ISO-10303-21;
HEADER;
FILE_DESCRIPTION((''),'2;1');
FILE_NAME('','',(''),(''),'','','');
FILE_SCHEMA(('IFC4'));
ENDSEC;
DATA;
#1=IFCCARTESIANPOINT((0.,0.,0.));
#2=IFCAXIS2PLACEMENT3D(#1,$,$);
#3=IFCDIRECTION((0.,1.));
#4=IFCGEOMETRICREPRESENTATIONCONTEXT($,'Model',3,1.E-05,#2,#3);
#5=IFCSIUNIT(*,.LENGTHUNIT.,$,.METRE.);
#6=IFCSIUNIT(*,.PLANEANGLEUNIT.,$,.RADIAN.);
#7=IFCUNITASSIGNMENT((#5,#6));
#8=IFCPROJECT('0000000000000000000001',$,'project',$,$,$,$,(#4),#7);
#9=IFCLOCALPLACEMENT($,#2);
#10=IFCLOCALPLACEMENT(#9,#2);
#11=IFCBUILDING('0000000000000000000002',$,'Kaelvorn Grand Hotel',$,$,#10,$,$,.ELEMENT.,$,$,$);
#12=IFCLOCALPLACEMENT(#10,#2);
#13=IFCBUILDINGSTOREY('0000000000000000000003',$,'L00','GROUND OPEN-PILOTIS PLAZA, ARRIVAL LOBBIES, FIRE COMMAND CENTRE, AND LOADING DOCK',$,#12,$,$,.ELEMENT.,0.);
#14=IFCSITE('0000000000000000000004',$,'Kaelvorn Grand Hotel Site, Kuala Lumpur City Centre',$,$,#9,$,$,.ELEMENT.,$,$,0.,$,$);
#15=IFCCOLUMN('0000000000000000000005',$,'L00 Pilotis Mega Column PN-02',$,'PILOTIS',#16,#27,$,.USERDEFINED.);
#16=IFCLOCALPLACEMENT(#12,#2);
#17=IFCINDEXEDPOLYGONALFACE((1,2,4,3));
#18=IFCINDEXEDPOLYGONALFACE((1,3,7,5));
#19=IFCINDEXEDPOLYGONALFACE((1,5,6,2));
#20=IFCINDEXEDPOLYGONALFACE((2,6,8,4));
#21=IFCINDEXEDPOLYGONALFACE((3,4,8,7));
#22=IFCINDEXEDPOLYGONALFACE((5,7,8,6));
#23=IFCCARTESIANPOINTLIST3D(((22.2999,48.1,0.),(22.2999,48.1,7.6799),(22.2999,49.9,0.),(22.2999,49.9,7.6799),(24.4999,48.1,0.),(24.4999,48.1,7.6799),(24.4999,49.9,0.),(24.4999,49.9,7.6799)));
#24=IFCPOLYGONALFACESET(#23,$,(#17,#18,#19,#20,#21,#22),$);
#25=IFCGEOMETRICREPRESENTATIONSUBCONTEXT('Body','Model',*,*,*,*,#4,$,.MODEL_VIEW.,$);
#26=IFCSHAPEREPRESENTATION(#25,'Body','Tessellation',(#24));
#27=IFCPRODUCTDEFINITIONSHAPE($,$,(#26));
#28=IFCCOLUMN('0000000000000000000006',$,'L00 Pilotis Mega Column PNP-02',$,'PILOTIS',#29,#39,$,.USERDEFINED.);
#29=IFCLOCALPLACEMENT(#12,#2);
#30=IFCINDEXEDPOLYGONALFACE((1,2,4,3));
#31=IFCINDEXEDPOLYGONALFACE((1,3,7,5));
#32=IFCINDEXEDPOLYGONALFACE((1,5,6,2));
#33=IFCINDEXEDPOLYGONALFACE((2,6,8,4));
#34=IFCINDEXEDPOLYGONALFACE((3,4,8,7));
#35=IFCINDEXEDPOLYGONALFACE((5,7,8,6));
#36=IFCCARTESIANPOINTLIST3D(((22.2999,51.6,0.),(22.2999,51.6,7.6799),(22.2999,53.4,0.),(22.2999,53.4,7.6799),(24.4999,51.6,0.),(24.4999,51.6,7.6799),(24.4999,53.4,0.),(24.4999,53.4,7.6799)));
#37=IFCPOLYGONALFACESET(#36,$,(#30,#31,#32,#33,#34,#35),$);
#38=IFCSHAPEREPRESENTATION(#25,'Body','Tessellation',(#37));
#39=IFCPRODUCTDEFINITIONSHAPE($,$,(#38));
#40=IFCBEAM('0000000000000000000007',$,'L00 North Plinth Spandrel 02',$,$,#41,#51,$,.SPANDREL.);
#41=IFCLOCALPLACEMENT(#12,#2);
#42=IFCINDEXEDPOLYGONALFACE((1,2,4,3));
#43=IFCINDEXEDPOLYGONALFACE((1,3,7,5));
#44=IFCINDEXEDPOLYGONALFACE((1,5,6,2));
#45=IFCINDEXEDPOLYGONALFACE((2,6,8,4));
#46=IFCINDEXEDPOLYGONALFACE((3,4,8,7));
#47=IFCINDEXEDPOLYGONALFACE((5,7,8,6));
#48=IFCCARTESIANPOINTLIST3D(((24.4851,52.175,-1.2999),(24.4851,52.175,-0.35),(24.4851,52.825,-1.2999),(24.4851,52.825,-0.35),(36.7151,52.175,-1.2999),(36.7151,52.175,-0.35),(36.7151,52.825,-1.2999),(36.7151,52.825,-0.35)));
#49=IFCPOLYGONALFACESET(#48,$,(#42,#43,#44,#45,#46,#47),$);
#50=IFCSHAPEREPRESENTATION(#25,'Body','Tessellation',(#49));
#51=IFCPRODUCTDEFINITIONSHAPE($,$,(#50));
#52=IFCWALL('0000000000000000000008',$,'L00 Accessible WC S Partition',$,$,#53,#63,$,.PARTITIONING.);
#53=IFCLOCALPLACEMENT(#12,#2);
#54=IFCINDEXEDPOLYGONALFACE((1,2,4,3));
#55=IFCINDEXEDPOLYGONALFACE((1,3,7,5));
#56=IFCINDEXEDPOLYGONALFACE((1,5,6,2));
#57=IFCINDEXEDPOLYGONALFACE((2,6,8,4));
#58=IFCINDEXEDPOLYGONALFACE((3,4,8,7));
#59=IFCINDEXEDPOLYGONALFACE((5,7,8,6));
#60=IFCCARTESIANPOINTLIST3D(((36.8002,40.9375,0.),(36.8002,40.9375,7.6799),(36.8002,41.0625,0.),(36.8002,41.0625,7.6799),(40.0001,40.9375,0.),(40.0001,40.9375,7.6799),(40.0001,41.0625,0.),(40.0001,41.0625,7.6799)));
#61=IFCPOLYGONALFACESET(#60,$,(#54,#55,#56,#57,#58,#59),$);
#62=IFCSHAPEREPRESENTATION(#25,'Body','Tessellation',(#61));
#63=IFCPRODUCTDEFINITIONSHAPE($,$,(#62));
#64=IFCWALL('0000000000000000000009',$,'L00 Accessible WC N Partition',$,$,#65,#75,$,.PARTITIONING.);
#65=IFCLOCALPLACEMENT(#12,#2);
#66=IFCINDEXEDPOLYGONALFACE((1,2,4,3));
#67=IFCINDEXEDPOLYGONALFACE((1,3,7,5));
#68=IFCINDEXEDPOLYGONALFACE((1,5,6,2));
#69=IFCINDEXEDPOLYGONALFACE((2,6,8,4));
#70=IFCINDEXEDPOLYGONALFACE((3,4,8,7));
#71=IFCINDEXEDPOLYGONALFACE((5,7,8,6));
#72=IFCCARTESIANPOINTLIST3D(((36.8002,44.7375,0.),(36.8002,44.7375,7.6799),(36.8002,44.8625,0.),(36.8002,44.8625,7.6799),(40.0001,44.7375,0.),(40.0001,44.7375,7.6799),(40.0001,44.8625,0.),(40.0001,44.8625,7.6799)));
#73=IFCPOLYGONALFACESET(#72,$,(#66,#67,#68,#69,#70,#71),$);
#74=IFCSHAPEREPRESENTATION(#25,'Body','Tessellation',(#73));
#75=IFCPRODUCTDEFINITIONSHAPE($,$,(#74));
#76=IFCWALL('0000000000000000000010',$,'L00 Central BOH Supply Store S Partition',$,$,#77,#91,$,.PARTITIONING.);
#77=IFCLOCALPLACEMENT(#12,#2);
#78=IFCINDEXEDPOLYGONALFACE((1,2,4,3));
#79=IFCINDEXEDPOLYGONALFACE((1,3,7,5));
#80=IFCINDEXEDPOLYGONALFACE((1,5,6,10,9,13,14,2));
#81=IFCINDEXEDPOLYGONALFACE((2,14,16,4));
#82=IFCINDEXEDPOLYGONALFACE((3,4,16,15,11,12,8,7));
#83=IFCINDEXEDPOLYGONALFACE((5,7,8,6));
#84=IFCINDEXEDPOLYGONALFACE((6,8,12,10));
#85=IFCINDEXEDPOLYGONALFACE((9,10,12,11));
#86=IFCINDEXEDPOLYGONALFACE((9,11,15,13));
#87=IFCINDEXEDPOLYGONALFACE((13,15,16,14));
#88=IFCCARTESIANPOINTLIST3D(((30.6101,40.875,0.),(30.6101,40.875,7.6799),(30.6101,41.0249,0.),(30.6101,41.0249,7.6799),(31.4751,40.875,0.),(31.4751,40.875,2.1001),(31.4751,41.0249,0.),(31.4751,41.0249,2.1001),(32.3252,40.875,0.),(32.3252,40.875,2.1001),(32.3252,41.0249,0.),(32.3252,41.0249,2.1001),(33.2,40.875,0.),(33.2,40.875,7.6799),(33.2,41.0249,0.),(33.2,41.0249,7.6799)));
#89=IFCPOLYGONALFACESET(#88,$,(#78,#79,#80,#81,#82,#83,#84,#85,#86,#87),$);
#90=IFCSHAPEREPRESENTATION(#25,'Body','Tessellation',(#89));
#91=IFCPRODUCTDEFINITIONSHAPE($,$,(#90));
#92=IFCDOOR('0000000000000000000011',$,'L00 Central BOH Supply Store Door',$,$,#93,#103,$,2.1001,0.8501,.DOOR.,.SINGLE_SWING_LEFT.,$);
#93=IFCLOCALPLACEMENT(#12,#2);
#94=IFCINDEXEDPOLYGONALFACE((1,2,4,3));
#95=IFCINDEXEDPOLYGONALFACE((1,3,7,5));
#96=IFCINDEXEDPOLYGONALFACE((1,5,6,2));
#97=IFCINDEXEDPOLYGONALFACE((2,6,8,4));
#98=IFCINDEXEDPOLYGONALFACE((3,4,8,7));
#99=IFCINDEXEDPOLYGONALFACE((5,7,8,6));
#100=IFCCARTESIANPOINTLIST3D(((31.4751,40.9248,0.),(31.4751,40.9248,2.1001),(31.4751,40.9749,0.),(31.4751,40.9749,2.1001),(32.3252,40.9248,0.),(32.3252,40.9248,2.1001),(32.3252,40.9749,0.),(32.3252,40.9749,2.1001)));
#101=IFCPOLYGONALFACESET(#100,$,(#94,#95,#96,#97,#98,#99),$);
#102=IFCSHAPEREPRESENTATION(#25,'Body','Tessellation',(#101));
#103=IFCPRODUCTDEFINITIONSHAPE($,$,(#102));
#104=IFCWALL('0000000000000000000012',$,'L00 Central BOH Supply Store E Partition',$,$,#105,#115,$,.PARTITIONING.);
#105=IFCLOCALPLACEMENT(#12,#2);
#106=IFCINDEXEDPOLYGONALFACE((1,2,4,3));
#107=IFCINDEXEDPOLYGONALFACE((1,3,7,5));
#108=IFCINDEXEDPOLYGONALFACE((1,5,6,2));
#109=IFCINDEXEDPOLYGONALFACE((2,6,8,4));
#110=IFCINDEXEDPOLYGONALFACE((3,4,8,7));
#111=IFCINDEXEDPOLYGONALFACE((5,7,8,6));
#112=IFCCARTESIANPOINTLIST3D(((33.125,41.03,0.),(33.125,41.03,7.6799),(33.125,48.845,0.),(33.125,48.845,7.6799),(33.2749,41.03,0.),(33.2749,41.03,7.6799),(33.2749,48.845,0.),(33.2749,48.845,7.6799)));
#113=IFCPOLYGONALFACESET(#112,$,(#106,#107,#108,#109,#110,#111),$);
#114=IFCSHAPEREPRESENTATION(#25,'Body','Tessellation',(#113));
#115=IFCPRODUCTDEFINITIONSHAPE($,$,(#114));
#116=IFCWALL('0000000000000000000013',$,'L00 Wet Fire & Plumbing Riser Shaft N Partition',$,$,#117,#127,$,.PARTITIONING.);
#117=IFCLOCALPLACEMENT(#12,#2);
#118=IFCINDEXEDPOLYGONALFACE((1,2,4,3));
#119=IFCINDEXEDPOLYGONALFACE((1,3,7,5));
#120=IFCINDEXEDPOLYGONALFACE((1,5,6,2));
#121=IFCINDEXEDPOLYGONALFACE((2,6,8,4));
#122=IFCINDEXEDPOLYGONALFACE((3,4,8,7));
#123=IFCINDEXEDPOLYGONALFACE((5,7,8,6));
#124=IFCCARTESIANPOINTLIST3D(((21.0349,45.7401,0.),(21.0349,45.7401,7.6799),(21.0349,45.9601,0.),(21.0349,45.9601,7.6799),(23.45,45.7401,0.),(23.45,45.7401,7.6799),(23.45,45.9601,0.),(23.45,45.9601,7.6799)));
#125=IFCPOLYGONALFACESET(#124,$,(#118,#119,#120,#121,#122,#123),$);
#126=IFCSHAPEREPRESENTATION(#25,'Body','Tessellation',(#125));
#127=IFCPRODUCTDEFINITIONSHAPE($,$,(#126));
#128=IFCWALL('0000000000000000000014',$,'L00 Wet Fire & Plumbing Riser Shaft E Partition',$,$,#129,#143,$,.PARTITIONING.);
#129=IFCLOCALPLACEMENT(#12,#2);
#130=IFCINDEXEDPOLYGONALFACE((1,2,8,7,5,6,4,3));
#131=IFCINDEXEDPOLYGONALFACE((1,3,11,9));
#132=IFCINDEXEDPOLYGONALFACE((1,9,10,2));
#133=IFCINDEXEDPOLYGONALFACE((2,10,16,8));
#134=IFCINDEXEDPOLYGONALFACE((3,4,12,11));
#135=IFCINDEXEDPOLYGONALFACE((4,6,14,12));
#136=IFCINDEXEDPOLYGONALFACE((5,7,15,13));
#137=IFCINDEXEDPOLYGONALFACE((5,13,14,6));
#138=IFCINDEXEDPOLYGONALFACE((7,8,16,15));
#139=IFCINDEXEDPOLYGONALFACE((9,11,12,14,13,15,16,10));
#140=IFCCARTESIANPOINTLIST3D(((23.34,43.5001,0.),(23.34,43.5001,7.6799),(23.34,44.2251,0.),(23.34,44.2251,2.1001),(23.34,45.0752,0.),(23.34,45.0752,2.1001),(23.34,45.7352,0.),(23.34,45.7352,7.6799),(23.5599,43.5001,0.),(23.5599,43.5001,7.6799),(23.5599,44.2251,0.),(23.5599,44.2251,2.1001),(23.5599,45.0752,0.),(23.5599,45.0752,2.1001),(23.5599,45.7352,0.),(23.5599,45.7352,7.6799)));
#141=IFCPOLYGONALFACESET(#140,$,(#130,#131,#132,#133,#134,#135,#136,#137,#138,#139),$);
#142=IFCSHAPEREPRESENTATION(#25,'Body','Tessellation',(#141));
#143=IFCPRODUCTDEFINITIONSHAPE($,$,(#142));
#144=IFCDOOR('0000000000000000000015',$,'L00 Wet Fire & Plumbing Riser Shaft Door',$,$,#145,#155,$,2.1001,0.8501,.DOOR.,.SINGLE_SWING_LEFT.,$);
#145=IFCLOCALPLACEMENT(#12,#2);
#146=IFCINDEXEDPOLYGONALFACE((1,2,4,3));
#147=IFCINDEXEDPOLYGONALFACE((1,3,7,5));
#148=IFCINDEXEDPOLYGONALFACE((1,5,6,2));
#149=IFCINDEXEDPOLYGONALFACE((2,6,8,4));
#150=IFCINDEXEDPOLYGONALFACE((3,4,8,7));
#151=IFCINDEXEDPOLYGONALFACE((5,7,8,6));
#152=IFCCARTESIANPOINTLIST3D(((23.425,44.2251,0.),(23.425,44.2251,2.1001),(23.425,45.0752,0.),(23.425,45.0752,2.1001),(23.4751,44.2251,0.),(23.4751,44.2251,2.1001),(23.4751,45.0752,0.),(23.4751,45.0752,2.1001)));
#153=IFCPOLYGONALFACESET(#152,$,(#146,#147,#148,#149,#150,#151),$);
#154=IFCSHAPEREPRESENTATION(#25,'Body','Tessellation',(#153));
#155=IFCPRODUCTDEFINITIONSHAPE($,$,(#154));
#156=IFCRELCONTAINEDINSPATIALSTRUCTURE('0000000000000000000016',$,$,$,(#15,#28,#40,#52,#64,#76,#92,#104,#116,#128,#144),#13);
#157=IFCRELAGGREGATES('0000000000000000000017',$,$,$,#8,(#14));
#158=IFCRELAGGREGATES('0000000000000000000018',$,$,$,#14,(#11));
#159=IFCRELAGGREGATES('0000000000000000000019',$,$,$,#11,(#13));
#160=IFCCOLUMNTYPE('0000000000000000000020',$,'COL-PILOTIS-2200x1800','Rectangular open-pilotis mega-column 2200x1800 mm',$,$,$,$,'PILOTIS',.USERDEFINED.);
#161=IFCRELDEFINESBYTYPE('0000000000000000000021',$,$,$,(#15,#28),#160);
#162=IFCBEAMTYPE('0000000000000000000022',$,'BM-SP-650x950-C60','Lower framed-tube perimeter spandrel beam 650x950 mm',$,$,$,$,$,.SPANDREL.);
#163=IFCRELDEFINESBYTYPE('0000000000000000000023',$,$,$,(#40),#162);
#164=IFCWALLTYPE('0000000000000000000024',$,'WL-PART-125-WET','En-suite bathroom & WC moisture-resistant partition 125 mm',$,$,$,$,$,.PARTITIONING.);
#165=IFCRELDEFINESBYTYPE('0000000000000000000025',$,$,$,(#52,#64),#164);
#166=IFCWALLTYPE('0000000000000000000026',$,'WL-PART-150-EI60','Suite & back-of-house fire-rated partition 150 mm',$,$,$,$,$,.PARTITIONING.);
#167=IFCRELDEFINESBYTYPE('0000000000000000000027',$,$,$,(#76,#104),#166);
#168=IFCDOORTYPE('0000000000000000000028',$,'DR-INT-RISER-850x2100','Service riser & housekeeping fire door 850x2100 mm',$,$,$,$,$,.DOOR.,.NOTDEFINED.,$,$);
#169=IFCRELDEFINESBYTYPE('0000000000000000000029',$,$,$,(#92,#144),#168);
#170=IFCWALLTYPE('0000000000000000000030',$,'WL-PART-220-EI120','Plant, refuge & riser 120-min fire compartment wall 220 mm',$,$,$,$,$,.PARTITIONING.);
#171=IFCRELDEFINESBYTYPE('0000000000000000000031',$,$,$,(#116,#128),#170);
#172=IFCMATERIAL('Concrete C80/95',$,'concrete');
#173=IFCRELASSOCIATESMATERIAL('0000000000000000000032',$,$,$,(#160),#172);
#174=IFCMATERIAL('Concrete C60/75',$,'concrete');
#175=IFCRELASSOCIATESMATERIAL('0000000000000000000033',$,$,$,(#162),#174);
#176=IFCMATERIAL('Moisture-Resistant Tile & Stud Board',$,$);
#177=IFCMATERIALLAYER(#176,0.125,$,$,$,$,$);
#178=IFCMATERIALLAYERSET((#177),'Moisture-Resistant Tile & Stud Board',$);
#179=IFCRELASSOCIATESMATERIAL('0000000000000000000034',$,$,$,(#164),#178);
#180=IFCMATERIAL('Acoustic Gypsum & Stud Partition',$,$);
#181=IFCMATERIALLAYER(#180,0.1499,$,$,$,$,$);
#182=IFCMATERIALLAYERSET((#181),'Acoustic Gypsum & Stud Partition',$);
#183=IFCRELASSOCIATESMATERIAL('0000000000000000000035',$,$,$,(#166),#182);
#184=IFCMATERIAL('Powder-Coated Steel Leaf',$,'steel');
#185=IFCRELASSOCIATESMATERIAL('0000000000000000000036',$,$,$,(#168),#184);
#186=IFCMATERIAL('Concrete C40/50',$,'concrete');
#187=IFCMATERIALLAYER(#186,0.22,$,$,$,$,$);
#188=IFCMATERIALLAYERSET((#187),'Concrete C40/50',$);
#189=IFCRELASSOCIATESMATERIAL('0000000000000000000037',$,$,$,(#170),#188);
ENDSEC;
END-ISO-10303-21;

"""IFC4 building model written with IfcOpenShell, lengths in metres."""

from ifc_helpers import new_model, si_unit, direction, frame, frame_2d, origin, origin_2d, place, context, subcontext, project, spatial, rectangle, extrude, material, layer, layer_set, material_profile, profile_set, type_object, element, fill, save


model = new_model("IFC4")

# Units and contexts
model_context = context("Model", 3, precision=1e-05, world=origin(), true_north=direction((0.0, 1.0)))
body_context = subcontext(model_context, "Body", "Model", "MODEL_VIEW")
ifc_project = project(units=[si_unit("LENGTHUNIT", "METRE"), si_unit("PLANEANGLEUNIT", "RADIAN")], contexts=[model_context])

# Site, building, storey
site_placement = place(None, origin())
site = spatial("IfcSite", under=ifc_project, at=site_placement, Name="Kaelvorn Grand Hotel Site, Kuala Lumpur City Centre", CompositionType="ELEMENT", RefElevation=0.0)
building_placement = place(site_placement, origin())
building = spatial("IfcBuilding", under=site, at=building_placement, Name="Kaelvorn Grand Hotel", CompositionType="ELEMENT")
storey_placement = place(building_placement, origin())
storey = spatial("IfcBuildingStorey", under=building, at=storey_placement, Name="L00", Description="GROUND OPEN-PILOTIS PLAZA, ARRIVAL LOBBIES, FIRE COMMAND CENTRE, AND LOADING DOCK", CompositionType="ELEMENT", Elevation=0.0)

# Columns
ifc_material_1 = material(Name="Concrete C80/95", Category="concrete")
ifc_material_profile_1 = material_profile(ifc_material_1, rectangle(XDim=2.2, YDim=1.8, at=origin_2d()), Name="PILOTIS 2200x1800")
ifc_profile_set_1 = profile_set([ifc_material_profile_1], Name="Concrete C80/95")
column_type = type_object("IfcColumnType", Name="COL-PILOTIS-2200x1800", Description="Rectangular open-pilotis mega-column 2200x1800 mm", ElementType="PILOTIS", PredefinedType="USERDEFINED", material=ifc_profile_set_1)
for number, where, z_axis, x_axis, name in (
    (1, (23.3999, 49.0, 0.0), (0.0, 0.0, 1.0), (1.0, 0.0, 0.0), "L00 Pilotis Mega Column PN-02"),
    (2, (23.3999, 52.5, 0.0), (0.0, 0.0, 1.0), (1.0, 0.0, 0.0), "L00 Pilotis Mega Column PNP-02"),
):
    element("IfcColumn", number, at=place(storey_placement, frame(where, z_axis=z_axis, x_axis=x_axis)), inside=storey, type_object=column_type, Name=name, ObjectType="PILOTIS", PredefinedType="USERDEFINED", context=body_context, shape_type="SweptSolid", body=[
        extrude(rectangle(XDim=2.2, YDim=1.8, at=origin_2d()), origin(), (0.0, 0.0, 1.0), 7.6799),
    ])

# Beam
ifc_material_2 = material(Name="Concrete C60/75", Category="concrete")
ifc_material_profile_2 = material_profile(ifc_material_2, rectangle(XDim=0.6499, YDim=0.95, at=origin_2d()), Name="RC SPANDREL 650x950")
ifc_profile_set_2 = profile_set([ifc_material_profile_2], Name="Concrete C60/75")
beam_type = type_object("IfcBeamType", Name="BM-SP-650x950-C60", Description="Lower framed-tube perimeter spandrel beam 650x950 mm", PredefinedType="SPANDREL", material=ifc_profile_set_2)
beam_placement = place(storey_placement, frame((24.4851, 52.5, -0.825), z_axis=(1.0, 0.0, 0.0), x_axis=(0.0, 1.0, 0.0)))
element("IfcBeam", 3, at=beam_placement, inside=storey, type_object=beam_type, Name="L00 North Plinth Spandrel 02", PredefinedType="SPANDREL", context=body_context, shape_type="SweptSolid", body=[
    extrude(rectangle(XDim=0.6499, YDim=0.95, at=origin_2d()), origin(), (0.0, 0.0, 1.0), 12.23),
])

# Walls
ifc_material_3 = material(Name="Moisture-Resistant Tile & Stud Board")
ifc_layer_1 = layer(ifc_material_3, 0.125)
ifc_layer_set_1 = layer_set([ifc_layer_1], Name="Moisture-Resistant Tile & Stud Board")
wall_type_1 = type_object("IfcWallType", Name="WL-PART-125-WET", Description="En-suite bathroom & WC moisture-resistant partition 125 mm", PredefinedType="PARTITIONING", material=ifc_layer_set_1)
for number, where, z_axis, x_axis, name in (
    (4, (36.8, 41.0, 0.0), (0.0, 0.0, 1.0), (1.0, 0.0, 0.0), "L00 Accessible WC S Partition"),
    (5, (36.8, 44.8, 0.0), (0.0, 0.0, 1.0), (1.0, 0.0, 0.0), "L00 Accessible WC N Partition"),
):
    element("IfcWall", number, at=place(storey_placement, frame(where, z_axis=z_axis, x_axis=x_axis)), inside=storey, type_object=wall_type_1, Name=name, PredefinedType="PARTITIONING", context=body_context, shape_type="SweptSolid", body=[
        extrude(rectangle(XDim=3.2, YDim=0.125, at=frame_2d((1.6001, 0.0))), origin(), (0.0, 0.0, 1.0), 7.6799),
    ])

# Wall, opening, door
ifc_material_4 = material(Name="Acoustic Gypsum & Stud Partition")
ifc_layer_2 = layer(ifc_material_4, 0.1499)
ifc_layer_set_2 = layer_set([ifc_layer_2], Name="Acoustic Gypsum & Stud Partition")
wall_type_2 = type_object("IfcWallType", Name="WL-PART-150-EI60", Description="Suite & back-of-house fire-rated partition 150 mm", PredefinedType="PARTITIONING", material=ifc_layer_set_2)
wall_1_placement = place(storey_placement, frame((30.6101, 40.95, 0.0), z_axis=(0.0, 0.0, 1.0), x_axis=(1.0, 0.0, 0.0)))
wall_1 = element("IfcWall", 6, at=wall_1_placement, inside=storey, type_object=wall_type_2, Name="L00 Central BOH Supply Store S Partition", PredefinedType="PARTITIONING", context=body_context, shape_type="SweptSolid", body=[
    extrude(rectangle(XDim=2.5898, YDim=0.1499, at=frame_2d((1.2949, 0.0))), origin(), (0.0, 0.0, 1.0), 7.6799),
])
opening_1_placement = place(wall_1_placement, frame((0.865, 0.0, 0.0)))
opening_1 = element("IfcOpeningElement", 7, at=opening_1_placement, cuts=wall_1, PredefinedType="OPENING", context=body_context, shape_type="SweptSolid", body=[
    extrude(rectangle(XDim=0.8501, YDim=2.1001, at=frame_2d((0.425, 1.05))), frame((0.0, 0.085, 0.0), z_axis=(0.0, -1.0, 0.0), x_axis=(1.0, 0.0, 0.0)), (0.0, 0.0, 1.0), 0.1699),
])
ifc_material_5 = material(Name="Powder-Coated Steel Leaf", Category="steel")
door_type_1 = type_object("IfcDoorType", Name="DR-INT-RISER-850x2100", Description="Service riser & housekeeping fire door 850x2100 mm", OperationType="NOTDEFINED", PredefinedType="DOOR", material=ifc_material_5)
door_1_placement = place(opening_1_placement, origin())
door_1 = element("IfcDoor", 8, at=door_1_placement, inside=storey, type_object=door_type_1, Name="L00 Central BOH Supply Store Door", OperationType="SINGLE_SWING_LEFT", OverallHeight=2.1001, OverallWidth=0.8501, PredefinedType="DOOR", context=body_context, shape_type="SweptSolid", body=[
    extrude(rectangle(XDim=0.8501, YDim=2.1001, at=frame_2d((0.425, 1.05))), frame((0.0, 0.0249, 0.0), z_axis=(0.0, -1.0, 0.0), x_axis=(1.0, 0.0, 0.0)), (0.0, 0.0, 1.0), 0.05),
])
fill(opening_1, door_1)

# Walls
wall_2_placement = place(storey_placement, frame((33.2, 41.03, 0.0), z_axis=(0.0, 0.0, 1.0), x_axis=(0.0, 1.0, 0.0)))
element("IfcWall", 9, at=wall_2_placement, inside=storey, type_object=wall_type_2, Name="L00 Central BOH Supply Store E Partition", PredefinedType="PARTITIONING", context=body_context, shape_type="SweptSolid", body=[
    extrude(rectangle(XDim=7.8149, YDim=0.1499, at=frame_2d((3.9075, 0.0))), origin(), (0.0, 0.0, 1.0), 7.6799),
])
ifc_material_6 = material(Name="Concrete C40/50", Category="concrete")
ifc_layer_3 = layer(ifc_material_6, 0.22)
ifc_layer_set_3 = layer_set([ifc_layer_3], Name="Concrete C40/50")
wall_type_3 = type_object("IfcWallType", Name="WL-PART-220-EI120", Description="Plant, refuge & riser 120-min fire compartment wall 220 mm", PredefinedType="PARTITIONING", material=ifc_layer_set_3)
wall_3_placement = place(storey_placement, frame((21.0349, 45.8501, 0.0), z_axis=(0.0, 0.0, 1.0), x_axis=(1.0, 0.0, 0.0)))
element("IfcWall", 10, at=wall_3_placement, inside=storey, type_object=wall_type_3, Name="L00 Wet Fire & Plumbing Riser Shaft N Partition", PredefinedType="PARTITIONING", context=body_context, shape_type="SweptSolid", body=[
    extrude(rectangle(XDim=2.415, YDim=0.22, at=frame_2d((1.2075, 0.0))), origin(), (0.0, 0.0, 1.0), 7.6799),
])

# Wall, opening, door
wall_4_placement = place(storey_placement, frame((23.45, 43.5, 0.0), z_axis=(0.0, 0.0, 1.0), x_axis=(0.0, 1.0, 0.0)))
wall_4 = element("IfcWall", 11, at=wall_4_placement, inside=storey, type_object=wall_type_3, Name="L00 Wet Fire & Plumbing Riser Shaft E Partition", PredefinedType="PARTITIONING", context=body_context, shape_type="SweptSolid", body=[
    extrude(rectangle(XDim=2.2351, YDim=0.22, at=frame_2d((1.1177, 0.0))), origin(), (0.0, 0.0, 1.0), 7.6799),
])
opening_2_placement = place(wall_4_placement, frame((0.7251, 0.0, 0.0)))
opening_2 = element("IfcOpeningElement", 12, at=opening_2_placement, cuts=wall_4, PredefinedType="OPENING", context=body_context, shape_type="SweptSolid", body=[
    extrude(rectangle(XDim=0.8501, YDim=2.1001, at=frame_2d((0.425, 1.05))), frame((0.0, 0.1201, 0.0), z_axis=(0.0, -1.0, 0.0), x_axis=(1.0, 0.0, 0.0)), (0.0, 0.0, 1.0), 0.24),
])
door_2_placement = place(opening_2_placement, origin())
door_2 = element("IfcDoor", 13, at=door_2_placement, inside=storey, type_object=door_type_1, Name="L00 Wet Fire & Plumbing Riser Shaft Door", OperationType="SINGLE_SWING_LEFT", OverallHeight=2.1001, OverallWidth=0.8501, PredefinedType="DOOR", context=body_context, shape_type="SweptSolid", body=[
    extrude(rectangle(XDim=0.8501, YDim=2.1001, at=frame_2d((0.425, 1.05))), frame((0.0, 0.0249, 0.0), z_axis=(0.0, -1.0, 0.0), x_axis=(1.0, 0.0, 0.0)), (0.0, 0.0, 1.0), 0.05),
])
fill(opening_2, door_2)

save(model, "model.ifc")
